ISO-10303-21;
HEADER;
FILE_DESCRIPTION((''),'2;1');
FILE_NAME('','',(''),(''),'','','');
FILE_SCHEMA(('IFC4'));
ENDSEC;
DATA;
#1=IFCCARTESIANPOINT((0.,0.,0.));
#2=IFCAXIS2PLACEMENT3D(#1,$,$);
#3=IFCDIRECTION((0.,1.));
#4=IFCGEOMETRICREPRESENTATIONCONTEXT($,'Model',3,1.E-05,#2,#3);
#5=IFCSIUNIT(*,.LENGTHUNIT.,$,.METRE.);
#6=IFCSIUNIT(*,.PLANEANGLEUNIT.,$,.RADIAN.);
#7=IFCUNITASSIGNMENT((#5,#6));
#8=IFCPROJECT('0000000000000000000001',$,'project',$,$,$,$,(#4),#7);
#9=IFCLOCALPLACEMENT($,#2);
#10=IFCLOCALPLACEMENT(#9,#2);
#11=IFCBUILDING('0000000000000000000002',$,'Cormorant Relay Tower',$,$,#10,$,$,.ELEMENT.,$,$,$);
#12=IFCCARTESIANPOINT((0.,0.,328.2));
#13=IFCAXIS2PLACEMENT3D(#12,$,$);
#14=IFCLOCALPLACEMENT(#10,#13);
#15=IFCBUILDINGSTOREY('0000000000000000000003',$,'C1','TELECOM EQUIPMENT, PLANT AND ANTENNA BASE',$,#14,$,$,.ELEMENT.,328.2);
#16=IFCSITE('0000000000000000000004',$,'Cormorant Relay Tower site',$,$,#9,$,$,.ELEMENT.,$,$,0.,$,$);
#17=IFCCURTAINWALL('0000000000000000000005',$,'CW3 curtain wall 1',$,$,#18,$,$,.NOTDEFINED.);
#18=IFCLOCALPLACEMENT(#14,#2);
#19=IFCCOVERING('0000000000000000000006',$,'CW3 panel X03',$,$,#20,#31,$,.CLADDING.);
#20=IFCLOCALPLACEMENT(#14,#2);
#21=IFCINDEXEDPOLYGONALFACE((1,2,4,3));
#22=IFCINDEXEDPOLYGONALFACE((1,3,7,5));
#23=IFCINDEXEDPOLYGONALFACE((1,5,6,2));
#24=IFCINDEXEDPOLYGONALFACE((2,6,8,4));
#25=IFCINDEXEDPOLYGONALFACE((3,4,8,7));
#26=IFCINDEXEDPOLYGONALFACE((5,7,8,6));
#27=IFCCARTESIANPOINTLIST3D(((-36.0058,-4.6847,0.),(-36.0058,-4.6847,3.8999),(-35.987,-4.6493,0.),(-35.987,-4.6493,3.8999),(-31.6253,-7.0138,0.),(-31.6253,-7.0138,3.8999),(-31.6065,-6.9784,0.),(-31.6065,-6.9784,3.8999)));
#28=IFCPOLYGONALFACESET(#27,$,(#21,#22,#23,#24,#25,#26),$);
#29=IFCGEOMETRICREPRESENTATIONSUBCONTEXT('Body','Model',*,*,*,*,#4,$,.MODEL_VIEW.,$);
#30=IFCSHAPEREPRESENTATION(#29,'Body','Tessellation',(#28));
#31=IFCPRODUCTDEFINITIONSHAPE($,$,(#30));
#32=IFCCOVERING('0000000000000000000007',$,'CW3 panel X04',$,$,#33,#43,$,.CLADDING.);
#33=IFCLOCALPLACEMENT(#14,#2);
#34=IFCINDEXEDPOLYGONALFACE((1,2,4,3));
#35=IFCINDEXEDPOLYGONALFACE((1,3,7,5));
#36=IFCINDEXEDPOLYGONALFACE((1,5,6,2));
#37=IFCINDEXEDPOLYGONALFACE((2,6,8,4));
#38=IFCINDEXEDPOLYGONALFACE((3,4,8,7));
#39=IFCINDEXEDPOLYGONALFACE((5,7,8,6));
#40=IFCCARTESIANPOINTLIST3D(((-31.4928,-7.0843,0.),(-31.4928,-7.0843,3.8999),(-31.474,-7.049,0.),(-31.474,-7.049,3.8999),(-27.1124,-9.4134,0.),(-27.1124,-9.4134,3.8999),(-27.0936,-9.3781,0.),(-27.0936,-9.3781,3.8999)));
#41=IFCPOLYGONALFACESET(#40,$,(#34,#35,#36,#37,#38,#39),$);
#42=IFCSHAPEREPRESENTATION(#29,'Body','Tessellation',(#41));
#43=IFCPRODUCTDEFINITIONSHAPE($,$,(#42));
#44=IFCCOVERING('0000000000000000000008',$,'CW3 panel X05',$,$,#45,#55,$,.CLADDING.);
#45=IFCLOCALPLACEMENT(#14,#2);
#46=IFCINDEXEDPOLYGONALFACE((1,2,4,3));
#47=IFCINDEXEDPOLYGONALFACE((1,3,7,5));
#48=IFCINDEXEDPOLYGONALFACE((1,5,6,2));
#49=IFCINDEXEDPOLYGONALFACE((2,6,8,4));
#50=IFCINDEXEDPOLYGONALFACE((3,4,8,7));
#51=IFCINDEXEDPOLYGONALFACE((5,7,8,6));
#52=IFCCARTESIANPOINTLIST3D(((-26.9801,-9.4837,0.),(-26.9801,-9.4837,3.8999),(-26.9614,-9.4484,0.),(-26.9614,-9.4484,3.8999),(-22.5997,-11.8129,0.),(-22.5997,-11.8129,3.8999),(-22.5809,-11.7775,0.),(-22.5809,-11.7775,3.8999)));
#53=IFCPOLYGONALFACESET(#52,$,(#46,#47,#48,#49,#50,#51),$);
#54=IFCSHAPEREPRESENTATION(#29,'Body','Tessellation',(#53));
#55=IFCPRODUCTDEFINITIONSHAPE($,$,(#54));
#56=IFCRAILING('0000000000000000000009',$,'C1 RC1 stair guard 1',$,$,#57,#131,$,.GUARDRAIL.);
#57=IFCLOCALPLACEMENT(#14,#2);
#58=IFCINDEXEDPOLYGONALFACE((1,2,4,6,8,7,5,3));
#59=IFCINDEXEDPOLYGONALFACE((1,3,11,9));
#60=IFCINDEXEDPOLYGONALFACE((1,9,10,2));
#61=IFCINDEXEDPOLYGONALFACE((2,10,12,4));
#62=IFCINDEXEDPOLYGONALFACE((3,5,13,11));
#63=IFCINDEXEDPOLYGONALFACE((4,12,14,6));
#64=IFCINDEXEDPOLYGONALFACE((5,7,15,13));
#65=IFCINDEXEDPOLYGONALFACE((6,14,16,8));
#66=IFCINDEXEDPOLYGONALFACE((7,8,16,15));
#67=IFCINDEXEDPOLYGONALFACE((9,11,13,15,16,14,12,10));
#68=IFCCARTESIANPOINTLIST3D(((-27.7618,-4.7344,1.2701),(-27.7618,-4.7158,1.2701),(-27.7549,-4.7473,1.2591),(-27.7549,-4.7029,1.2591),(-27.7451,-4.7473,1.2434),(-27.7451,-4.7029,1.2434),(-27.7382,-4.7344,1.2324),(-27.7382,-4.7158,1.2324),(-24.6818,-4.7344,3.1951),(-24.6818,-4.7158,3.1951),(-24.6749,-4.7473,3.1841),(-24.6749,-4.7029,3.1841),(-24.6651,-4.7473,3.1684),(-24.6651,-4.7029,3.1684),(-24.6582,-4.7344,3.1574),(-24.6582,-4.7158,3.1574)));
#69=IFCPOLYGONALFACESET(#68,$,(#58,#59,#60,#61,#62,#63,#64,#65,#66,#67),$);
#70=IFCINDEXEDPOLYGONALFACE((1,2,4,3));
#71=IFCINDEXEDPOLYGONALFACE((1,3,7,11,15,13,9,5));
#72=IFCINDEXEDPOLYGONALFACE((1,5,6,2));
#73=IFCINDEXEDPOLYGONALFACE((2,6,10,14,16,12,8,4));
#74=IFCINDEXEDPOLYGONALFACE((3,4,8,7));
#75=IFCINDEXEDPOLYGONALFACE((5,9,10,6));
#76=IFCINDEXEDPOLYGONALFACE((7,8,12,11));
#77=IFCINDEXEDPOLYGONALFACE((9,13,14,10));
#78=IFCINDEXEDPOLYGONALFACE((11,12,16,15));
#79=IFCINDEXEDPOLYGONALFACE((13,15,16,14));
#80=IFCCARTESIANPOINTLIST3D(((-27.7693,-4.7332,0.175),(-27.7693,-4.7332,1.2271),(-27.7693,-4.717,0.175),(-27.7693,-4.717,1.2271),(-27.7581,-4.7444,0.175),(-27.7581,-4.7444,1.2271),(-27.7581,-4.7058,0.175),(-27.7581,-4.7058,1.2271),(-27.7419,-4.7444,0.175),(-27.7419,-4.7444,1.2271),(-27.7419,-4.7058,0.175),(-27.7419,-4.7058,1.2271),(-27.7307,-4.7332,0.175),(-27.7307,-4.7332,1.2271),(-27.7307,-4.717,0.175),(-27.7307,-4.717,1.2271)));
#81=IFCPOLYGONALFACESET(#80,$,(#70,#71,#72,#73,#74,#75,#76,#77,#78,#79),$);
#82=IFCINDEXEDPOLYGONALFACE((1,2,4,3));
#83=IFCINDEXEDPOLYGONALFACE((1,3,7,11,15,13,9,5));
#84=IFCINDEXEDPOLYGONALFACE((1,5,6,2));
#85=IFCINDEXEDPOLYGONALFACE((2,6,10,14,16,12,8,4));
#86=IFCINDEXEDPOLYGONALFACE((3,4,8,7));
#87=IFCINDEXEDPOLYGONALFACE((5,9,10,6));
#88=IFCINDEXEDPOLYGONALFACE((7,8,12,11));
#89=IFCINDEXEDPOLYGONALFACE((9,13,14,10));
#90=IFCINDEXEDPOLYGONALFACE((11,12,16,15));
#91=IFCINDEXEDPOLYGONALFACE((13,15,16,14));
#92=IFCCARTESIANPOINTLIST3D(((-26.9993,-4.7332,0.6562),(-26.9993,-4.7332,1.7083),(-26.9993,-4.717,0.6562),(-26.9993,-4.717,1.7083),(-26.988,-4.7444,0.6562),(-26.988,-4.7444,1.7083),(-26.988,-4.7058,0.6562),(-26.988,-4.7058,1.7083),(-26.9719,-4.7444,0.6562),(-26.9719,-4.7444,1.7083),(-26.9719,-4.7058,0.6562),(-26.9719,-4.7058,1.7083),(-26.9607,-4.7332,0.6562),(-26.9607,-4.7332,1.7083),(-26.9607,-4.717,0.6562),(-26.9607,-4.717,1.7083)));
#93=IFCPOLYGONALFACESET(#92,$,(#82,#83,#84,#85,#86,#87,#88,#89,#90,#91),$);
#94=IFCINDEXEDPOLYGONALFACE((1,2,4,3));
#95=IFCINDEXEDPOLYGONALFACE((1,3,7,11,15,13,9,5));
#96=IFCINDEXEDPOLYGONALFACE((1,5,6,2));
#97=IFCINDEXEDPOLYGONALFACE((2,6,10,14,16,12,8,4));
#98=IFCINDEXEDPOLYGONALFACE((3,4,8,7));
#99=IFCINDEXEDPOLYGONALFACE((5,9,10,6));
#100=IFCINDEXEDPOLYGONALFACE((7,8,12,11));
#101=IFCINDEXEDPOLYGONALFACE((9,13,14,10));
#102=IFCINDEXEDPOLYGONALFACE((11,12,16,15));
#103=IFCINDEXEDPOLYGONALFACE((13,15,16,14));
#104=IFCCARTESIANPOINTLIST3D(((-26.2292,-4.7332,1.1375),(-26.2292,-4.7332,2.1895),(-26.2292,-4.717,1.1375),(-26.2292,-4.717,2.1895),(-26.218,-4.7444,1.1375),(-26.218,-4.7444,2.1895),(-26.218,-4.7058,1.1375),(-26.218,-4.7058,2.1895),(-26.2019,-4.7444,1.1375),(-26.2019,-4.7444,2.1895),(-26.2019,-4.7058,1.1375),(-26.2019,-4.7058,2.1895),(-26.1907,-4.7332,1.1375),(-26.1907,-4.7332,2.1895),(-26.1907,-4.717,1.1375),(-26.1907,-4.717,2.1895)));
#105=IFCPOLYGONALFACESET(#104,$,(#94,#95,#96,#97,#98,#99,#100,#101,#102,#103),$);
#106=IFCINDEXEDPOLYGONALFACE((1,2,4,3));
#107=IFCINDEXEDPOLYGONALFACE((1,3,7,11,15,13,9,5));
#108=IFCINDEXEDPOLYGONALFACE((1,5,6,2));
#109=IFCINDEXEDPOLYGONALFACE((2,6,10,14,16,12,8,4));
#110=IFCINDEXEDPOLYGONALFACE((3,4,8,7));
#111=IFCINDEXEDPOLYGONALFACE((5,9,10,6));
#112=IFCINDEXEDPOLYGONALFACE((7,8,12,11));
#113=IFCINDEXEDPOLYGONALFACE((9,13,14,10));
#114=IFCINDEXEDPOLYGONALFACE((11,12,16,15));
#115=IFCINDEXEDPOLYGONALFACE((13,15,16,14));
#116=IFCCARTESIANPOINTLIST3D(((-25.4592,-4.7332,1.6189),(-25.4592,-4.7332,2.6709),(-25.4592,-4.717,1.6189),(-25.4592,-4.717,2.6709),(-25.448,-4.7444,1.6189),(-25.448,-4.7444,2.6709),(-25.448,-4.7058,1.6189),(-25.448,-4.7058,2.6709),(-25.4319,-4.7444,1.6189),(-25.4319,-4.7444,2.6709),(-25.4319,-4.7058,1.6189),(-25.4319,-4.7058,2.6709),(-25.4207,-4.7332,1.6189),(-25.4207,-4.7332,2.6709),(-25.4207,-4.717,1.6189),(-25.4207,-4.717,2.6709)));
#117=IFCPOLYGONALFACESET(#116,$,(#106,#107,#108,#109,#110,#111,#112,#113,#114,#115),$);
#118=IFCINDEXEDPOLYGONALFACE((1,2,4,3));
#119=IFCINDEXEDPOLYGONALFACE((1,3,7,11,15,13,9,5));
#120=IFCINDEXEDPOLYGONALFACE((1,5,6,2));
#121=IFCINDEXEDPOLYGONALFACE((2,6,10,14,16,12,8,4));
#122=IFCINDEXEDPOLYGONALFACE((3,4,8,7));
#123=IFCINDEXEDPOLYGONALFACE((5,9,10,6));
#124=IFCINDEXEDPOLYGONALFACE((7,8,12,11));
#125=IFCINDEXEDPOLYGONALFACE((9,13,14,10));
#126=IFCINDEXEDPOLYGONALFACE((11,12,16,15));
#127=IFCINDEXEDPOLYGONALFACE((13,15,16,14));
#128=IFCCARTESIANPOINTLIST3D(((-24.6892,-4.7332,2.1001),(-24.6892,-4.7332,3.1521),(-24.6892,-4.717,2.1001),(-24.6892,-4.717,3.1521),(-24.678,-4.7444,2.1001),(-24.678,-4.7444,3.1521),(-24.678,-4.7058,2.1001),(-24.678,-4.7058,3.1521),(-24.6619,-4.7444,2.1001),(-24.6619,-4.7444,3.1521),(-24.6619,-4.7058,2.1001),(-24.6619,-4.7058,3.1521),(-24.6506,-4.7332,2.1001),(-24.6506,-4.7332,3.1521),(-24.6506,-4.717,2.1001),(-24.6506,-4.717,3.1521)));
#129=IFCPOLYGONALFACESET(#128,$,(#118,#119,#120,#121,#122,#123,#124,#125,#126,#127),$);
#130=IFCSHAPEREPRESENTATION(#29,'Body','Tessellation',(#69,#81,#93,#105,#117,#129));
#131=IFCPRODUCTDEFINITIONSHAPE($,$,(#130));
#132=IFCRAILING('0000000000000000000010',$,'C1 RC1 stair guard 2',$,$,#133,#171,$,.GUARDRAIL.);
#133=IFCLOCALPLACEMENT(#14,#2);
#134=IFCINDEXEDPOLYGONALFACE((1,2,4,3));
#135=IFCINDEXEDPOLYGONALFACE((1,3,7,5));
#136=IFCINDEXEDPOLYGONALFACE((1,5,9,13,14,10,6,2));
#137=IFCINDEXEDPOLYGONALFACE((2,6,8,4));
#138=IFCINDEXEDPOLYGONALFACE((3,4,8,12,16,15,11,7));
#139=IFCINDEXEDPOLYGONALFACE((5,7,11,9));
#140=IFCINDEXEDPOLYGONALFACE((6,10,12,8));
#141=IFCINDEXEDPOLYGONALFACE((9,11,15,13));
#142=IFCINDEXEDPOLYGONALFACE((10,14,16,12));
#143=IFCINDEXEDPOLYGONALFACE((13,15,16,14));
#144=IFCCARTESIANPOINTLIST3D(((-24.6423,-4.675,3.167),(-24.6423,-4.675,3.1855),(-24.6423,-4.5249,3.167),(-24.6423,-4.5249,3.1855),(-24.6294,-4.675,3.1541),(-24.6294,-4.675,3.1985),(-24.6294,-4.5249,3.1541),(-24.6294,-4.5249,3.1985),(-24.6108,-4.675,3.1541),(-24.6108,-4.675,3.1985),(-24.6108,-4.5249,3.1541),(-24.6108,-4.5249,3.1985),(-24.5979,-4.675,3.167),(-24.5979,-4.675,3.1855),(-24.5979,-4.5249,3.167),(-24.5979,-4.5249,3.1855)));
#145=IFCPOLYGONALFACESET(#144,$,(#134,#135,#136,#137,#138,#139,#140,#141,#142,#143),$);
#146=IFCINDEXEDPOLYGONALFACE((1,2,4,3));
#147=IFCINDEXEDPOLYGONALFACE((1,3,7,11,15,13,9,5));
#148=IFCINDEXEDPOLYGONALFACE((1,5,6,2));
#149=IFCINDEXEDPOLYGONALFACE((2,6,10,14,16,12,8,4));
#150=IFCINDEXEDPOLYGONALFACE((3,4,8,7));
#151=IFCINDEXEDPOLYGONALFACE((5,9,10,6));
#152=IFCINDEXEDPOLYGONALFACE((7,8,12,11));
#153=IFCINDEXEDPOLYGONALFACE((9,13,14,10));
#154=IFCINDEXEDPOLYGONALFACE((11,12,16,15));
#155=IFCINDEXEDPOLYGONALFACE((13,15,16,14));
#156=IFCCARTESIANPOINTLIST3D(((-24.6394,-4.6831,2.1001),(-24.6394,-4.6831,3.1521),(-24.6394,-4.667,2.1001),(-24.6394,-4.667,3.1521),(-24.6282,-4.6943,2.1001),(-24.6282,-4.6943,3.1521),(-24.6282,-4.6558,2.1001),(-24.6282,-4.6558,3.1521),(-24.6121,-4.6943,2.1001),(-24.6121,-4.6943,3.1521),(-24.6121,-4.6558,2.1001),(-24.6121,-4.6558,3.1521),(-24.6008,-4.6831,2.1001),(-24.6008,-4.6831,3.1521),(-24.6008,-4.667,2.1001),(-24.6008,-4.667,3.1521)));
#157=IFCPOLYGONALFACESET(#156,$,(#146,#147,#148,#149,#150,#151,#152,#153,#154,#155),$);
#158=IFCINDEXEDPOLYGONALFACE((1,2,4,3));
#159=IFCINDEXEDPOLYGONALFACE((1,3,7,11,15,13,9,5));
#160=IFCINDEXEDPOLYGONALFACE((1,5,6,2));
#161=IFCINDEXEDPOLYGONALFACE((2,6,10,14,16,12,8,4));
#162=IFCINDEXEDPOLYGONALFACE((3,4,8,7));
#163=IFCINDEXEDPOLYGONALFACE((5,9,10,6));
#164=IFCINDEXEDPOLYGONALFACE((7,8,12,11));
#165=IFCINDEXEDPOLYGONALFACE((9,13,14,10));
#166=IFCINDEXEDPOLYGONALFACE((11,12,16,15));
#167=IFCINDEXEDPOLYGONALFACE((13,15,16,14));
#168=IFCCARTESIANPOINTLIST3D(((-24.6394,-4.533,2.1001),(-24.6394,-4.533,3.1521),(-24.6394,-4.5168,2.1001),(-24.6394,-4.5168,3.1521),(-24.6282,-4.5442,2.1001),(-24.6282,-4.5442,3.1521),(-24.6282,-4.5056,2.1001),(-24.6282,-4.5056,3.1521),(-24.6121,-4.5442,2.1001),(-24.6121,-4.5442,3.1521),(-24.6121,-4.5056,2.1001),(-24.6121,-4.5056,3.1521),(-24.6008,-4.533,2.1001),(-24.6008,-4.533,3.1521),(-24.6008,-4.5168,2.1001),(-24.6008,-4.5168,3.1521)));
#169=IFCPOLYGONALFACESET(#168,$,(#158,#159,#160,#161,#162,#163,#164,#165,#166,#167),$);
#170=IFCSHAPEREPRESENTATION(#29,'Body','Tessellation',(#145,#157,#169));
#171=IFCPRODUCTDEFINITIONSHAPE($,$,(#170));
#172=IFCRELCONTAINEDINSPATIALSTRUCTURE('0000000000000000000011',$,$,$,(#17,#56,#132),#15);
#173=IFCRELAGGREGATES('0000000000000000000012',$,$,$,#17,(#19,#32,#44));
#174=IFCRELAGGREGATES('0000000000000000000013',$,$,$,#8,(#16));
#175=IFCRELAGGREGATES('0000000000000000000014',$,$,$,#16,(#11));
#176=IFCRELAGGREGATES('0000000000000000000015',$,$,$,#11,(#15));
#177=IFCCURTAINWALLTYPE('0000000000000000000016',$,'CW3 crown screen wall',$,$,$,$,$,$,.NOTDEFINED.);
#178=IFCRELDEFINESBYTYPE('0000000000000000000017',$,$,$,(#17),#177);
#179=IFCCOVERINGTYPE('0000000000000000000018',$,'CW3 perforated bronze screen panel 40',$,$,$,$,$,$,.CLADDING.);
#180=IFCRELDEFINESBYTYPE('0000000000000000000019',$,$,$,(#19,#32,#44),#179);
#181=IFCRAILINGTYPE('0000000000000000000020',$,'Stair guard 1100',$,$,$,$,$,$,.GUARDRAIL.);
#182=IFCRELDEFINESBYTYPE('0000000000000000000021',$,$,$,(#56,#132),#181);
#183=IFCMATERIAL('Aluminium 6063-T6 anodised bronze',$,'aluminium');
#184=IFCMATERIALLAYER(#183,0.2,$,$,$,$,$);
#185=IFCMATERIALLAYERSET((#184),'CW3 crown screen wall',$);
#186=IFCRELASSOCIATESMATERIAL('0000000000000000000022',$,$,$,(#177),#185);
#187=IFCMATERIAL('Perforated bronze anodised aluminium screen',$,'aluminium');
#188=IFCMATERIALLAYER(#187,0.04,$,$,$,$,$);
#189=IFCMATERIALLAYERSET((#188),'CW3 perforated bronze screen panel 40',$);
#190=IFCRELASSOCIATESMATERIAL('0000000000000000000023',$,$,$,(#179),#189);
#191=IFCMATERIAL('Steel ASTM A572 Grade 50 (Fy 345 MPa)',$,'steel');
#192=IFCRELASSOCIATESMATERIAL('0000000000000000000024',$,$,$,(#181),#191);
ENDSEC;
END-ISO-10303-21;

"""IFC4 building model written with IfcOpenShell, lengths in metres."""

from ifc_helpers import new_model, si_unit, direction, frame, origin, origin_2d, place, context, subcontext, project, spatial, polyline, rectangle, outline, extrude, material, layer, layer_set, type_object, element, aggregate, save


model = new_model("IFC4")

# Units and contexts
model_context = context("Model", 3, precision=1e-05, world=origin(), true_north=direction((0.0, 1.0)))
body_context = subcontext(model_context, "Body", "Model", "MODEL_VIEW")
ifc_project = project(units=[si_unit("LENGTHUNIT", "METRE"), si_unit("PLANEANGLEUNIT", "RADIAN")], contexts=[model_context])

# Site, building, storey
site_placement = place(None, origin())
site = spatial("IfcSite", under=ifc_project, at=site_placement, Name="Cormorant Relay Tower site", CompositionType="ELEMENT", RefElevation=0.0)
building_placement = place(site_placement, origin())
building = spatial("IfcBuilding", under=site, at=building_placement, Name="Cormorant Relay Tower", CompositionType="ELEMENT")
storey_placement = place(building_placement, frame((0.0, 0.0, 328.2)))
storey = spatial("IfcBuildingStorey", under=building, at=storey_placement, Name="C1", Description="TELECOM EQUIPMENT, PLANT AND ANTENNA BASE", CompositionType="ELEMENT", Elevation=328.2)

# Curtain wall
ifc_material_1 = material(Name="Aluminium 6063-T6 anodised bronze", Category="aluminium")
ifc_layer_1 = layer(ifc_material_1, 0.2)
ifc_layer_set_1 = layer_set([ifc_layer_1], Name="CW3 crown screen wall")
curtain_wall_type = type_object("IfcCurtainWallType", Name="CW3 crown screen wall", PredefinedType="NOTDEFINED", material=ifc_layer_set_1)
curtain_wall_placement = place(storey_placement, origin())
curtain_wall = element("IfcCurtainWall", 1, at=curtain_wall_placement, inside=storey, type_object=curtain_wall_type, Name="CW3 curtain wall 1", PredefinedType="NOTDEFINED")

# Coverings
ifc_material_2 = material(Name="Perforated bronze anodised aluminium screen", Category="aluminium")
ifc_layer_2 = layer(ifc_material_2, 0.04)
ifc_layer_set_2 = layer_set([ifc_layer_2], Name="CW3 perforated bronze screen panel 40")
covering_type = type_object("IfcCoveringType", Name="CW3 perforated bronze screen panel 40", PredefinedType="CLADDING", material=ifc_layer_set_2)
covering_1_placement = place(storey_placement, frame((-33.8062, -5.8315, 0.0), z_axis=(0.0, 0.0, 1.0), x_axis=(0.882948, -0.469472, 0.0)))
covering_1 = element("IfcCovering", 2, at=covering_1_placement, type_object=covering_type, Name="CW3 panel X03", PredefinedType="CLADDING", context=body_context, shape_type="SweptSolid", body=[
    extrude(rectangle(XDim=4.9612, YDim=0.04, at=origin_2d()), origin(), (0.0, 0.0, 1.0), 3.8999),
])
covering_2_placement = place(storey_placement, frame((-29.2932, -8.2312, 0.0), z_axis=(0.0, 0.0, 1.0), x_axis=(0.882948, -0.469472, 0.0)))
covering_2 = element("IfcCovering", 3, at=covering_2_placement, type_object=covering_type, Name="CW3 panel X04", PredefinedType="CLADDING", context=body_context, shape_type="SweptSolid", body=[
    extrude(rectangle(XDim=4.9612, YDim=0.04, at=origin_2d()), origin(), (0.0, 0.0, 1.0), 3.8999),
])
covering_3_placement = place(storey_placement, frame((-24.7805, -10.6306, 0.0), z_axis=(0.0, 0.0, 1.0), x_axis=(0.882948, -0.469472, 0.0)))
covering_3 = element("IfcCovering", 4, at=covering_3_placement, type_object=covering_type, Name="CW3 panel X05", PredefinedType="CLADDING", context=body_context, shape_type="SweptSolid", body=[
    extrude(rectangle(XDim=4.9612, YDim=0.04, at=origin_2d()), origin(), (0.0, 0.0, 1.0), 3.8999),
])
aggregate(curtain_wall, [covering_1, covering_2, covering_3])

# Railings
ifc_material_3 = material(Name="Steel ASTM A572 Grade 50 (Fy 345 MPa)", Category="steel")
railing_type_1 = type_object("IfcRailingType", Name="Stair guard 1100", PredefinedType="GUARDRAIL", material=ifc_material_3)
railing_1_placement = place(storey_placement, frame((-27.75, -4.7251, 0.175)))
element("IfcRailing", 5, at=railing_1_placement, inside=storey, type_object=railing_type_1, Name="C1 RC1 stair guard 1", PredefinedType="GUARDRAIL", context=body_context, shape_type="SweptSolid", body=[
    extrude(outline(polyline([(0.0222, 0.0093), (0.0093, 0.0222), (-0.0093, 0.0222), (-0.0222, 0.0093), (-0.0222, -0.0093), (-0.0093, -0.0222), (0.0093, -0.0222), (0.0222, -0.0093), (0.0222, 0.0093)])), frame((0.0, 0.0, 1.0762), z_axis=(0.847998, 0.0, 0.529999), x_axis=(0.0, 1.0, 0.0)), (0.0, 0.0, 1.0), 3.6321),
    extrude(outline(polyline([(0.0193, 0.0081), (0.0081, 0.0193), (-0.0081, 0.0193), (-0.0193, 0.0081), (-0.0193, -0.0081), (-0.0081, -0.0193), (0.0081, -0.0193), (0.0193, -0.0081), (0.0193, 0.0081)])), origin(), (0.0, 0.0, 1.0), 1.052),
    extrude(outline(polyline([(0.0193, 0.0081), (0.0081, 0.0193), (-0.0081, 0.0193), (-0.0193, 0.0081), (-0.0193, -0.0081), (-0.0081, -0.0193), (0.0081, -0.0193), (0.0193, -0.0081), (0.0193, 0.0081)])), frame((0.77, 0.0, 0.4812)), (0.0, 0.0, 1.0), 1.052),
    extrude(outline(polyline([(0.0193, 0.0081), (0.0081, 0.0193), (-0.0081, 0.0193), (-0.0193, 0.0081), (-0.0193, -0.0081), (-0.0081, -0.0193), (0.0081, -0.0193), (0.0193, -0.0081), (0.0193, 0.0081)])), frame((1.54, 0.0, 0.9624)), (0.0, 0.0, 1.0), 1.052),
    extrude(outline(polyline([(0.0193, 0.0081), (0.0081, 0.0193), (-0.0081, 0.0193), (-0.0193, 0.0081), (-0.0193, -0.0081), (-0.0081, -0.0193), (0.0081, -0.0193), (0.0193, -0.0081), (0.0193, 0.0081)])), frame((2.3101, 0.0, 1.4438)), (0.0, 0.0, 1.0), 1.052),
    extrude(outline(polyline([(0.0193, 0.0081), (0.0081, 0.0193), (-0.0081, 0.0193), (-0.0193, 0.0081), (-0.0193, -0.0081), (-0.0081, -0.0193), (0.0081, -0.0193), (0.0193, -0.0081), (0.0193, 0.0081)])), frame((3.0801, 0.0, 1.925)), (0.0, 0.0, 1.0), 1.052),
])
railing_2_placement = place(storey_placement, frame((-24.6201, -4.675, 2.1001)))
element("IfcRailing", 6, at=railing_2_placement, inside=storey, type_object=railing_type_1, Name="C1 RC1 stair guard 2", PredefinedType="GUARDRAIL", context=body_context, shape_type="SweptSolid", body=[
    extrude(outline(polyline([(0.0222, 0.0093), (0.0093, 0.0222), (-0.0093, 0.0222), (-0.0222, 0.0093), (-0.0222, -0.0093), (-0.0093, -0.0222), (0.0093, -0.0222), (0.0222, -0.0093), (0.0222, 0.0093)])), frame((0.0, 0.0, 1.0762), z_axis=(0.0, 1.0, 0.0), x_axis=(-1.0, 0.0, 0.0)), (0.0, 0.0, 1.0), 0.1501),
    extrude(outline(polyline([(0.0193, 0.0081), (0.0081, 0.0193), (-0.0081, 0.0193), (-0.0193, 0.0081), (-0.0193, -0.0081), (-0.0081, -0.0193), (0.0081, -0.0193), (0.0193, -0.0081), (0.0193, 0.0081)])), origin(), (0.0, 0.0, 1.0), 1.052),
    extrude(outline(polyline([(0.0193, 0.0081), (0.0081, 0.0193), (-0.0081, 0.0193), (-0.0193, 0.0081), (-0.0193, -0.0081), (-0.0081, -0.0193), (0.0081, -0.0193), (0.0193, -0.0081), (0.0193, 0.0081)])), frame((0.0, 0.1501, 0.0)), (0.0, 0.0, 1.0), 1.052),
])

save(model, "model.ifc")
